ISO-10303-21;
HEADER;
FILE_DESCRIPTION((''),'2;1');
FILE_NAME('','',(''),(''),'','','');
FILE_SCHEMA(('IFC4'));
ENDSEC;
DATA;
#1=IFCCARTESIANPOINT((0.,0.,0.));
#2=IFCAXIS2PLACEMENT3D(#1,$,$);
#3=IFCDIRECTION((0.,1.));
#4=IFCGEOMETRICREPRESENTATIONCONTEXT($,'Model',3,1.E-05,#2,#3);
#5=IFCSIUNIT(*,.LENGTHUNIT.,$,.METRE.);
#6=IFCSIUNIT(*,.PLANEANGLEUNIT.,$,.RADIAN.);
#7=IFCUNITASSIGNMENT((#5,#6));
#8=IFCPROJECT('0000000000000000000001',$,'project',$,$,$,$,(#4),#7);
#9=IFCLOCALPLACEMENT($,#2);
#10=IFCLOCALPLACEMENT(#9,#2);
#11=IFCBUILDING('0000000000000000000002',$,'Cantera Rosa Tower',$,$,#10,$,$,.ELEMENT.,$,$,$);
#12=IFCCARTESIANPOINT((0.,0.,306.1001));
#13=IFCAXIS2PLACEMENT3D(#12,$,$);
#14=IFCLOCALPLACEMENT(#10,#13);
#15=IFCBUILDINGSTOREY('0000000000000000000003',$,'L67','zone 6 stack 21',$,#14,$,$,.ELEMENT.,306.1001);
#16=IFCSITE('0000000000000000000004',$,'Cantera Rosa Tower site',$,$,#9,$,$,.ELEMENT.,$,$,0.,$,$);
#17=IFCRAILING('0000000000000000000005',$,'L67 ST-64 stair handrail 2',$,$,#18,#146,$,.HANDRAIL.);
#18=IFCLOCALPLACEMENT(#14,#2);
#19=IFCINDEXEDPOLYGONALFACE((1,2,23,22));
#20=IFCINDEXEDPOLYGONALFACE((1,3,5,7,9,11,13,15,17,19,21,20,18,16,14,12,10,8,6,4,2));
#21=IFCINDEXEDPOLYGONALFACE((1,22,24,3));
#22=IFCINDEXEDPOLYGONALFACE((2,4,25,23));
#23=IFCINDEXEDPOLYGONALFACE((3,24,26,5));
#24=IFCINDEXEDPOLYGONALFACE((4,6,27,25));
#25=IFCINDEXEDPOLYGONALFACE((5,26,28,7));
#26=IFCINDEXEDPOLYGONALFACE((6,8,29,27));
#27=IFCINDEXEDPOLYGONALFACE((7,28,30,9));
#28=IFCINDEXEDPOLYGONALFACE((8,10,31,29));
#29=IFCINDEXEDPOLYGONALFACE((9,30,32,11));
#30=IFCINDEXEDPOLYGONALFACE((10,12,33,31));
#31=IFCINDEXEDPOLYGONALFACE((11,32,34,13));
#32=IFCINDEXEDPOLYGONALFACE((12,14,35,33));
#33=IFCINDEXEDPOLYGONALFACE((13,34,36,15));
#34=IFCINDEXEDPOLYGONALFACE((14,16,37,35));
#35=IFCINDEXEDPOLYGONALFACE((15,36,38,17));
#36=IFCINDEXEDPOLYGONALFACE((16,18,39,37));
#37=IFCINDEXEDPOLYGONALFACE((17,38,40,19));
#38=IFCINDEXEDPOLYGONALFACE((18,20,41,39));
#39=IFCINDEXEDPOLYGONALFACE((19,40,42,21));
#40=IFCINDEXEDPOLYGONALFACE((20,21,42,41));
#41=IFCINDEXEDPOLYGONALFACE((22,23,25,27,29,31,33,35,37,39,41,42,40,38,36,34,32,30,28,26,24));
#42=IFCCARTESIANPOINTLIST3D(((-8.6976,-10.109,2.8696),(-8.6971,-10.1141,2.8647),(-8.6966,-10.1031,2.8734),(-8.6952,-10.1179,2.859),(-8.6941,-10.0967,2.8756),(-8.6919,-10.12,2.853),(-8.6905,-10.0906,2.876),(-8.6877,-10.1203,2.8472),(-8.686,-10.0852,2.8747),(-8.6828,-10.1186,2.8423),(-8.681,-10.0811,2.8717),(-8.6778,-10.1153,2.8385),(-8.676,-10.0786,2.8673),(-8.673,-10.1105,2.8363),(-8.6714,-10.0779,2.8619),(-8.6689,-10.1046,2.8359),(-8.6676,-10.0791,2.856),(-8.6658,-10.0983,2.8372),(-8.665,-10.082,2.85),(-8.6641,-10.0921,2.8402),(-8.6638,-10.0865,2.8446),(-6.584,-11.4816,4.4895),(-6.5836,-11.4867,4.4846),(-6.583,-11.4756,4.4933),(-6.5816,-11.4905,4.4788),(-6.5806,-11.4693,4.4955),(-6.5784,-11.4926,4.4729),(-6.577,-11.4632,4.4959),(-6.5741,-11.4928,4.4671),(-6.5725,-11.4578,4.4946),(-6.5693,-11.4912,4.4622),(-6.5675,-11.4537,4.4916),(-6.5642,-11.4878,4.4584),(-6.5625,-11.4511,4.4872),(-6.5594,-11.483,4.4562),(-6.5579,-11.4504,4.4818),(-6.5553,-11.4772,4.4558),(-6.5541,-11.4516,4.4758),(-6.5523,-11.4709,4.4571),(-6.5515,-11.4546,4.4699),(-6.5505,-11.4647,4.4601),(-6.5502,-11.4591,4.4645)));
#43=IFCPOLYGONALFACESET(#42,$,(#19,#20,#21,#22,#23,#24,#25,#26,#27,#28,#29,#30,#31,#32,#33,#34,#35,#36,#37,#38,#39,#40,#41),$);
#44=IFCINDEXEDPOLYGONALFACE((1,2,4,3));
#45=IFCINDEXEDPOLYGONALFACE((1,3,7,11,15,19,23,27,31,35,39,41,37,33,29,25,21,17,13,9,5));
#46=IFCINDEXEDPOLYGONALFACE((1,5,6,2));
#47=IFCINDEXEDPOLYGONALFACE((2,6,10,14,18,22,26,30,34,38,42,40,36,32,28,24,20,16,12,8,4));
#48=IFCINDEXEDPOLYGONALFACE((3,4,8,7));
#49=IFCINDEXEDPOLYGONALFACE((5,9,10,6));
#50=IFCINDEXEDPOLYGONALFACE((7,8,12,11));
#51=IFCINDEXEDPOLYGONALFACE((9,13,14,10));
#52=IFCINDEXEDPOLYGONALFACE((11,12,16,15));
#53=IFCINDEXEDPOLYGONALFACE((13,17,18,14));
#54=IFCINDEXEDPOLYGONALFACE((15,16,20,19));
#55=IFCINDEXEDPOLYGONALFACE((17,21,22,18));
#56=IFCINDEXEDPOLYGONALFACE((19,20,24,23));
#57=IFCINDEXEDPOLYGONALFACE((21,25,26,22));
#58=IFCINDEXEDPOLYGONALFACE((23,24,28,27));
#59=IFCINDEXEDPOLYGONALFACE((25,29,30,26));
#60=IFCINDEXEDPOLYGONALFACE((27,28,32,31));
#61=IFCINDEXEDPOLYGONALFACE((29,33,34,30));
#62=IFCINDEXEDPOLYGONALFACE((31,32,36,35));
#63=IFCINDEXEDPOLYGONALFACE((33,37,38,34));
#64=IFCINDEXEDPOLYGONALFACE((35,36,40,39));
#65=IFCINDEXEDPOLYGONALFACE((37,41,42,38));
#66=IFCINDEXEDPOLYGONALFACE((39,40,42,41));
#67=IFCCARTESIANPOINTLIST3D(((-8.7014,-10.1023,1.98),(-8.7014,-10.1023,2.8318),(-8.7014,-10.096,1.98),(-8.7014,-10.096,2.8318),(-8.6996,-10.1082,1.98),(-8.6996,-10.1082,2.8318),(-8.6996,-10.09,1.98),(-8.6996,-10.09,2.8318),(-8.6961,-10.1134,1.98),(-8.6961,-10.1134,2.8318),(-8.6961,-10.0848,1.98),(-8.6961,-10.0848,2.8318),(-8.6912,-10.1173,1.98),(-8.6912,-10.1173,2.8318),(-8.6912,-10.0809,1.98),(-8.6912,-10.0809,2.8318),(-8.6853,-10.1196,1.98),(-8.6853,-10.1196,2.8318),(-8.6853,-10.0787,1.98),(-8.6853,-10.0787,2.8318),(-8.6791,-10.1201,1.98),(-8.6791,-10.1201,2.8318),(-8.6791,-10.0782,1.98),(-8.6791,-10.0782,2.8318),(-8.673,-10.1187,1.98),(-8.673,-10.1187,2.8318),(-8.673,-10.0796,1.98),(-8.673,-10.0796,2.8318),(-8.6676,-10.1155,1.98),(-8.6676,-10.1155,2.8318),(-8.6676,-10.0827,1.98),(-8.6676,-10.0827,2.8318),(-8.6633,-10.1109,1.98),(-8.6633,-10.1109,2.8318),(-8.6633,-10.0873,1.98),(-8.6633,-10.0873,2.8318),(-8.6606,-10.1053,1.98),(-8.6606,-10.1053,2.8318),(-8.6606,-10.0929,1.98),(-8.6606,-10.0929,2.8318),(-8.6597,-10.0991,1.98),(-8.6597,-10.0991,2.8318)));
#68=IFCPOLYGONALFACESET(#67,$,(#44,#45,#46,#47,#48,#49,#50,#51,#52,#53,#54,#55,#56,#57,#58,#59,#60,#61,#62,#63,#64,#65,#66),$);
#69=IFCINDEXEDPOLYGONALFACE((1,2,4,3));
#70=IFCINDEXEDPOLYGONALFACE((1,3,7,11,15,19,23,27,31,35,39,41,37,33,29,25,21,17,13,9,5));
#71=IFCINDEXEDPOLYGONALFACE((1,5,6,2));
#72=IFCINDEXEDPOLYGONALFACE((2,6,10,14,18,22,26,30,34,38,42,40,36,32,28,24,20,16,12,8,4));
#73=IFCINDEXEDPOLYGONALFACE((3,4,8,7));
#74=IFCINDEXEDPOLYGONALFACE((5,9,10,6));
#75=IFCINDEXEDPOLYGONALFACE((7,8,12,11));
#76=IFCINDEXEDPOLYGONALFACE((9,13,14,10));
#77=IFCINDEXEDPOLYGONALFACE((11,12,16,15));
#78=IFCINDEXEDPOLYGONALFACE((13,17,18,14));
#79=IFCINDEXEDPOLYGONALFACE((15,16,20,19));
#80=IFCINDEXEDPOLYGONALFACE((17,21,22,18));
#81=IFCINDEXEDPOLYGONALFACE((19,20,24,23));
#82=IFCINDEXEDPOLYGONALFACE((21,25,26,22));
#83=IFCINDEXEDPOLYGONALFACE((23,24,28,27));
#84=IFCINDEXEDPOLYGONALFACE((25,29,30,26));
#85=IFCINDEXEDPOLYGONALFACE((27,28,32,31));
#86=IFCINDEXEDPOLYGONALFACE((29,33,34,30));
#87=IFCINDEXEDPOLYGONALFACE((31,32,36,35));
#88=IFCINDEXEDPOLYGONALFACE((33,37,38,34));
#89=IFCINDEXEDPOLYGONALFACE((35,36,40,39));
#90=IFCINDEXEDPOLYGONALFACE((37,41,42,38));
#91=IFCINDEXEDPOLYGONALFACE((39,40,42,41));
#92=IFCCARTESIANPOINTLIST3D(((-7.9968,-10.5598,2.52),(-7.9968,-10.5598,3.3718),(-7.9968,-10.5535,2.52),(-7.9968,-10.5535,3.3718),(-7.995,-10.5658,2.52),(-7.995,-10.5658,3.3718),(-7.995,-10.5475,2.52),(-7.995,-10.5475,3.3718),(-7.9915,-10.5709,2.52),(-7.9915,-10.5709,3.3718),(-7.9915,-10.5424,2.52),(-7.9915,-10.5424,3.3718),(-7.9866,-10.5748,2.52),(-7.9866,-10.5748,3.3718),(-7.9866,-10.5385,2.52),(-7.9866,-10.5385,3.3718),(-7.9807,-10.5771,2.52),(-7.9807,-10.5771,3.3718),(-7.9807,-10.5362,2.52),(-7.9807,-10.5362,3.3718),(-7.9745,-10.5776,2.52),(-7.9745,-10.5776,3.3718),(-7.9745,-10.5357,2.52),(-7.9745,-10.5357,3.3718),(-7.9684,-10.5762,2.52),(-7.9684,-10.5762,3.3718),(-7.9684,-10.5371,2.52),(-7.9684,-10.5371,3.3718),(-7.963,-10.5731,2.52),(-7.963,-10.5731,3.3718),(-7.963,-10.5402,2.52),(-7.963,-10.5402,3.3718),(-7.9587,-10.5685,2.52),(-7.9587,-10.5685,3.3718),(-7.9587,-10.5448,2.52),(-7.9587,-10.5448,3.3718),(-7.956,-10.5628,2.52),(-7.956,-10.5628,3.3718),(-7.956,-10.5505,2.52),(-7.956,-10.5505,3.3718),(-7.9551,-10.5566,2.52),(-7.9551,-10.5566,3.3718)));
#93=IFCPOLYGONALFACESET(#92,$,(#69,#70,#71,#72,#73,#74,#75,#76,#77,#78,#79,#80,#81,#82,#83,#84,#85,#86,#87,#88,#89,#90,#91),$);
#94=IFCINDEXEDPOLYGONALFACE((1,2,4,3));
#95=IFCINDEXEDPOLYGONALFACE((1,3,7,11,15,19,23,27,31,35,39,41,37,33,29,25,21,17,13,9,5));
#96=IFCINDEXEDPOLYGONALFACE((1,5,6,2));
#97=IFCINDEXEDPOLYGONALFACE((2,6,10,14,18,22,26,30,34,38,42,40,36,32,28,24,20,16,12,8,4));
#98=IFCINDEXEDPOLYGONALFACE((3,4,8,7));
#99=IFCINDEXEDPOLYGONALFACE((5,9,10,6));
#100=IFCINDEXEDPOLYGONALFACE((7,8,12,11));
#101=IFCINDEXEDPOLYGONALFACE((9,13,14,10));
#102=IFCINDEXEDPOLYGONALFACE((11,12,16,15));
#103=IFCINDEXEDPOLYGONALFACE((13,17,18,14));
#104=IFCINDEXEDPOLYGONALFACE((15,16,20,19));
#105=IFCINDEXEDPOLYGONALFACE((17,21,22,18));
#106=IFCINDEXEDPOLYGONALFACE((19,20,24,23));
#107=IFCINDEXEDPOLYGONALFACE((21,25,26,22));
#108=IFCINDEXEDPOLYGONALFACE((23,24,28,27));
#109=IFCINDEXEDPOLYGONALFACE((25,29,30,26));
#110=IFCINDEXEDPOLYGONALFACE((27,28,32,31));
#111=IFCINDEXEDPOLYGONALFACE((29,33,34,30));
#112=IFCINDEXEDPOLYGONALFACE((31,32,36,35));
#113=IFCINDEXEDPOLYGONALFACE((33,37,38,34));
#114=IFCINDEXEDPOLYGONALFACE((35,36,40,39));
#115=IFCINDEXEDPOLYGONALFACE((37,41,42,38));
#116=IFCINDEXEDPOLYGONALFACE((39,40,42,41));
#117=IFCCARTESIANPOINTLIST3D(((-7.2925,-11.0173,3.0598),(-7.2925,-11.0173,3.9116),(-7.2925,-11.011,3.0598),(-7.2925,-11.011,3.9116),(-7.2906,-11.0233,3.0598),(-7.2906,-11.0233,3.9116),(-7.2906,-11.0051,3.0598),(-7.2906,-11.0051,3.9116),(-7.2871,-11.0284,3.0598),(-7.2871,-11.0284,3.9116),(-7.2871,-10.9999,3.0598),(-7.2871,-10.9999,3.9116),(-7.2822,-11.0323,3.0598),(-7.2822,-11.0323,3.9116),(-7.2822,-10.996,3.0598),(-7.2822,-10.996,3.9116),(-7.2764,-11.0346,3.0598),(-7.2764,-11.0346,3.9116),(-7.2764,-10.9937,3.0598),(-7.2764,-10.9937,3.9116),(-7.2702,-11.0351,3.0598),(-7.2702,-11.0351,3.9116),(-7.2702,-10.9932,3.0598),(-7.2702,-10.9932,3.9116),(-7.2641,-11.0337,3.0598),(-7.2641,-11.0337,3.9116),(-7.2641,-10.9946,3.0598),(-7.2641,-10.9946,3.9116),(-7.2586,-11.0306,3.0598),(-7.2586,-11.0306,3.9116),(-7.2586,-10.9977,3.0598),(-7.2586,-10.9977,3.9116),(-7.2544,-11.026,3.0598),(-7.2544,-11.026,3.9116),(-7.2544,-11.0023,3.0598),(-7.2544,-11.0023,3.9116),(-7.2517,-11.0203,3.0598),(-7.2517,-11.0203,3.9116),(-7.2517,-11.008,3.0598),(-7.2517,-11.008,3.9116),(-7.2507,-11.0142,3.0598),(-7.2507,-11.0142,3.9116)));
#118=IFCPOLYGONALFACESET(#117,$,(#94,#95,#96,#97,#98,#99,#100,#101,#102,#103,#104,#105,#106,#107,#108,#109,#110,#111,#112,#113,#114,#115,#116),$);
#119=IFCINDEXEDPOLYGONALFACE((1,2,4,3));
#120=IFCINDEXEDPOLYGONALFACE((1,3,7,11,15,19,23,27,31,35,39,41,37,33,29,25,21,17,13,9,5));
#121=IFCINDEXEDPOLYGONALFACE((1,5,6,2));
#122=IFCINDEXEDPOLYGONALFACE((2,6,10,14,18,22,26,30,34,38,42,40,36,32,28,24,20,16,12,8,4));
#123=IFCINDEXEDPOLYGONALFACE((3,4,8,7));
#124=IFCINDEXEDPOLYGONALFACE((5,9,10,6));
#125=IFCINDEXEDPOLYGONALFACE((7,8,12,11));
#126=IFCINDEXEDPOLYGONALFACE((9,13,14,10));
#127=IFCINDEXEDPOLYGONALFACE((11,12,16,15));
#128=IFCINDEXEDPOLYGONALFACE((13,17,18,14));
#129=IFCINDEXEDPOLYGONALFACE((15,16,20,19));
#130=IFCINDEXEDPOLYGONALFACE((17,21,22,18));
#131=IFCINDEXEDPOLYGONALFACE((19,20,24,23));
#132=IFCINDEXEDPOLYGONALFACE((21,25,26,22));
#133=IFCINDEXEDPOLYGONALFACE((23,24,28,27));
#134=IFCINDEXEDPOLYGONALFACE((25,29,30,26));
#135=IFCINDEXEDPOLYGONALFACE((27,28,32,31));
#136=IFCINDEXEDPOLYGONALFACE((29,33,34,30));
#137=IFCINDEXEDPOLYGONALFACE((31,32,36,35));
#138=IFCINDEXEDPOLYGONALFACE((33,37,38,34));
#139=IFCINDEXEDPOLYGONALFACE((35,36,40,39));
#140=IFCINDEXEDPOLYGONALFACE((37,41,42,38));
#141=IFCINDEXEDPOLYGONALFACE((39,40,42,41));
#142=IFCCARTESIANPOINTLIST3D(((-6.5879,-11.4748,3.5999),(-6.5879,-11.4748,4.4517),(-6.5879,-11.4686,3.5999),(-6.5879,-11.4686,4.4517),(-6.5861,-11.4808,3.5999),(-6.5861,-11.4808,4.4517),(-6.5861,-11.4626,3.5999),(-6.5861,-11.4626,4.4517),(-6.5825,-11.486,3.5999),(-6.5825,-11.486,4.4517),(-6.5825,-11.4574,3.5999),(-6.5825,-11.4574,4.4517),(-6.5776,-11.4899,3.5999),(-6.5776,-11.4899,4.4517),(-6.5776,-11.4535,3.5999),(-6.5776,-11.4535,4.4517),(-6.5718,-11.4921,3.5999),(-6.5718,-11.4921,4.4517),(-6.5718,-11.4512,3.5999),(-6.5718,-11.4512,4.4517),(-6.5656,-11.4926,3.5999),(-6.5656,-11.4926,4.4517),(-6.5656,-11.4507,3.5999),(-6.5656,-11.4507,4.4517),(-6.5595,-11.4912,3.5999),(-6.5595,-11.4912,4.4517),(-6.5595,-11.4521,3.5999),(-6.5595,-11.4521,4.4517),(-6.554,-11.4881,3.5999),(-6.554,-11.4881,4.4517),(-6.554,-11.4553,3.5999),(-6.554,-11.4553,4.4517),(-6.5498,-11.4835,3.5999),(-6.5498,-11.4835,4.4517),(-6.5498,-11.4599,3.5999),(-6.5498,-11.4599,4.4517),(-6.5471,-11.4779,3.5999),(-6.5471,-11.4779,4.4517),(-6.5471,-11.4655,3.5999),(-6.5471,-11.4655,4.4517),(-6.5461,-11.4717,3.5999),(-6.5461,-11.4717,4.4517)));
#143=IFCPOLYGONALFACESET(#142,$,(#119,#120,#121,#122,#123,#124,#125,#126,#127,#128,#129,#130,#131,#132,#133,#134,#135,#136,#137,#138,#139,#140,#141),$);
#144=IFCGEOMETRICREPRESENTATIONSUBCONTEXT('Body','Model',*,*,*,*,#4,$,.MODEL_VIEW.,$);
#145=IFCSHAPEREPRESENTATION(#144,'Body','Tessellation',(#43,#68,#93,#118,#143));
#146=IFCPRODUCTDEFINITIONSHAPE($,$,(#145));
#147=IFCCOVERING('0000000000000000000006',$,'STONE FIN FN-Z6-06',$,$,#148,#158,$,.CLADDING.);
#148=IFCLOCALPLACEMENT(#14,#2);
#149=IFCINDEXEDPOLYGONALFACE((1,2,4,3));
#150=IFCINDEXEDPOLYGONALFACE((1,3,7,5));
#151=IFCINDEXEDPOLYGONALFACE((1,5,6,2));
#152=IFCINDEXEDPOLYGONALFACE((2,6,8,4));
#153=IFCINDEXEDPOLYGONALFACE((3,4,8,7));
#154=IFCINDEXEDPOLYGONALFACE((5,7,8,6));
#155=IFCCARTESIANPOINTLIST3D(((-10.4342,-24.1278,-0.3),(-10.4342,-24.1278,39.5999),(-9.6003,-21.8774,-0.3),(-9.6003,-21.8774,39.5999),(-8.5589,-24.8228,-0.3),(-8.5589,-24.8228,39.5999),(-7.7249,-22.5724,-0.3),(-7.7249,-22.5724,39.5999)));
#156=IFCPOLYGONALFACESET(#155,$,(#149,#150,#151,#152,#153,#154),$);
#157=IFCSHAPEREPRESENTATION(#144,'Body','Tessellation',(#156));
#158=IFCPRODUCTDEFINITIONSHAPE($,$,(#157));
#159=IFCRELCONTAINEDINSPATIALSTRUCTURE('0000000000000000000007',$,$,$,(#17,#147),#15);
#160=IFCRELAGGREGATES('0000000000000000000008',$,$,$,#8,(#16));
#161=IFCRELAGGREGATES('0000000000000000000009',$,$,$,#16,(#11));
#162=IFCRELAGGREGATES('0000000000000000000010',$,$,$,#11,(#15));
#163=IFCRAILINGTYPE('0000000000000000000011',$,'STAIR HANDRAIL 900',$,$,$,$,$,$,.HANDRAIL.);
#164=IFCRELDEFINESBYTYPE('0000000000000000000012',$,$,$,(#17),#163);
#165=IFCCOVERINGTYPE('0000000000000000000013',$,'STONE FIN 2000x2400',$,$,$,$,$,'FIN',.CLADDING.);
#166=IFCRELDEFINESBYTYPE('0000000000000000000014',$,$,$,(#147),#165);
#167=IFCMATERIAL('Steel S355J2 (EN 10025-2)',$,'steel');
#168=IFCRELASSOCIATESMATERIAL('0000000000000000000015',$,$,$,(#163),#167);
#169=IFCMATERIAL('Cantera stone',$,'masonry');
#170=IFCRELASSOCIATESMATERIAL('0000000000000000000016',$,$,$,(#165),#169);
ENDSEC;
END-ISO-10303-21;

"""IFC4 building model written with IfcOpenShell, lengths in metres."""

from ifc_helpers import new_model, si_unit, direction, frame, origin, origin_2d, place, context, subcontext, project, spatial, rectangle, circle, extrude, material, type_object, element, save


model = new_model("IFC4")

# Units and contexts
model_context = context("Model", 3, precision=1e-05, world=origin(), true_north=direction((0.0, 1.0)))
body_context = subcontext(model_context, "Body", "Model", "MODEL_VIEW")
ifc_project = project(units=[si_unit("LENGTHUNIT", "METRE"), si_unit("PLANEANGLEUNIT", "RADIAN")], contexts=[model_context])

# Site, building, storey
site_placement = place(None, origin())
site = spatial("IfcSite", under=ifc_project, at=site_placement, Name="Cantera Rosa Tower site", CompositionType="ELEMENT", RefElevation=0.0)
building_placement = place(site_placement, origin())
building = spatial("IfcBuilding", under=site, at=building_placement, Name="Cantera Rosa Tower", CompositionType="ELEMENT")
storey_placement = place(building_placement, frame((0.0, 0.0, 306.1001)))
storey = spatial("IfcBuildingStorey", under=building, at=storey_placement, Name="L67", Description="zone 6 stack 21", CompositionType="ELEMENT", Elevation=306.1001)

# Railing
ifc_material_1 = material(Name="Steel S355J2 (EN 10025-2)", Category="steel")
railing_type_1 = type_object("IfcRailingType", Name="STAIR HANDRAIL 900", PredefinedType="HANDRAIL", material=ifc_material_1)
railing_1_placement = place(storey_placement, frame((-8.6807, -10.0991, 1.98)))
element("IfcRailing", 1, at=railing_1_placement, inside=storey, type_object=railing_type_1, Name="L67 ST-64 stair handrail 2", PredefinedType="HANDRAIL", context=body_context, shape_type="SweptSolid", body=[
    extrude(circle(Radius=0.0239, at=origin_2d()), frame((0.0, 0.0, 0.876), z_axis=(0.705493, -0.458159, 0.540712), x_axis=(0.544644, 0.838667, 0.0)), (0.0, 0.0, 1.0), 2.9958),
    extrude(circle(Radius=0.021, at=origin_2d()), origin(), (0.0, 0.0, 1.0), 0.8518),
    extrude(circle(Radius=0.021, at=origin_2d()), frame((0.7046, -0.4575, 0.54)), (0.0, 0.0, 1.0), 0.8518),
    extrude(circle(Radius=0.021, at=origin_2d()), frame((1.4089, -0.915, 1.0798)), (0.0, 0.0, 1.0), 0.8518),
    extrude(circle(Radius=0.021, at=origin_2d()), frame((2.1135, -1.3726, 1.6199)), (0.0, 0.0, 1.0), 0.8518),
])

# Covering
ifc_material_2 = material(Name="Cantera stone", Category="masonry")
covering_type = type_object("IfcCoveringType", Name="STONE FIN 2000x2400", ElementType="FIN", PredefinedType="CLADDING", material=ifc_material_2)
covering_placement = place(storey_placement, frame((-9.0796, -23.3501, -0.3), z_axis=(0.0, 0.0, 1.0), x_axis=(0.937687, -0.347481, 0.0)))
element("IfcCovering", 2, at=covering_placement, inside=storey, type_object=covering_type, Name="STONE FIN FN-Z6-06", PredefinedType="CLADDING", context=body_context, shape_type="SweptSolid", body=[
    extrude(rectangle(XDim=2.0, YDim=2.3999, at=origin_2d()), origin(), (0.0, 0.0, 1.0), 39.8999),
])

save(model, "model.ifc")
